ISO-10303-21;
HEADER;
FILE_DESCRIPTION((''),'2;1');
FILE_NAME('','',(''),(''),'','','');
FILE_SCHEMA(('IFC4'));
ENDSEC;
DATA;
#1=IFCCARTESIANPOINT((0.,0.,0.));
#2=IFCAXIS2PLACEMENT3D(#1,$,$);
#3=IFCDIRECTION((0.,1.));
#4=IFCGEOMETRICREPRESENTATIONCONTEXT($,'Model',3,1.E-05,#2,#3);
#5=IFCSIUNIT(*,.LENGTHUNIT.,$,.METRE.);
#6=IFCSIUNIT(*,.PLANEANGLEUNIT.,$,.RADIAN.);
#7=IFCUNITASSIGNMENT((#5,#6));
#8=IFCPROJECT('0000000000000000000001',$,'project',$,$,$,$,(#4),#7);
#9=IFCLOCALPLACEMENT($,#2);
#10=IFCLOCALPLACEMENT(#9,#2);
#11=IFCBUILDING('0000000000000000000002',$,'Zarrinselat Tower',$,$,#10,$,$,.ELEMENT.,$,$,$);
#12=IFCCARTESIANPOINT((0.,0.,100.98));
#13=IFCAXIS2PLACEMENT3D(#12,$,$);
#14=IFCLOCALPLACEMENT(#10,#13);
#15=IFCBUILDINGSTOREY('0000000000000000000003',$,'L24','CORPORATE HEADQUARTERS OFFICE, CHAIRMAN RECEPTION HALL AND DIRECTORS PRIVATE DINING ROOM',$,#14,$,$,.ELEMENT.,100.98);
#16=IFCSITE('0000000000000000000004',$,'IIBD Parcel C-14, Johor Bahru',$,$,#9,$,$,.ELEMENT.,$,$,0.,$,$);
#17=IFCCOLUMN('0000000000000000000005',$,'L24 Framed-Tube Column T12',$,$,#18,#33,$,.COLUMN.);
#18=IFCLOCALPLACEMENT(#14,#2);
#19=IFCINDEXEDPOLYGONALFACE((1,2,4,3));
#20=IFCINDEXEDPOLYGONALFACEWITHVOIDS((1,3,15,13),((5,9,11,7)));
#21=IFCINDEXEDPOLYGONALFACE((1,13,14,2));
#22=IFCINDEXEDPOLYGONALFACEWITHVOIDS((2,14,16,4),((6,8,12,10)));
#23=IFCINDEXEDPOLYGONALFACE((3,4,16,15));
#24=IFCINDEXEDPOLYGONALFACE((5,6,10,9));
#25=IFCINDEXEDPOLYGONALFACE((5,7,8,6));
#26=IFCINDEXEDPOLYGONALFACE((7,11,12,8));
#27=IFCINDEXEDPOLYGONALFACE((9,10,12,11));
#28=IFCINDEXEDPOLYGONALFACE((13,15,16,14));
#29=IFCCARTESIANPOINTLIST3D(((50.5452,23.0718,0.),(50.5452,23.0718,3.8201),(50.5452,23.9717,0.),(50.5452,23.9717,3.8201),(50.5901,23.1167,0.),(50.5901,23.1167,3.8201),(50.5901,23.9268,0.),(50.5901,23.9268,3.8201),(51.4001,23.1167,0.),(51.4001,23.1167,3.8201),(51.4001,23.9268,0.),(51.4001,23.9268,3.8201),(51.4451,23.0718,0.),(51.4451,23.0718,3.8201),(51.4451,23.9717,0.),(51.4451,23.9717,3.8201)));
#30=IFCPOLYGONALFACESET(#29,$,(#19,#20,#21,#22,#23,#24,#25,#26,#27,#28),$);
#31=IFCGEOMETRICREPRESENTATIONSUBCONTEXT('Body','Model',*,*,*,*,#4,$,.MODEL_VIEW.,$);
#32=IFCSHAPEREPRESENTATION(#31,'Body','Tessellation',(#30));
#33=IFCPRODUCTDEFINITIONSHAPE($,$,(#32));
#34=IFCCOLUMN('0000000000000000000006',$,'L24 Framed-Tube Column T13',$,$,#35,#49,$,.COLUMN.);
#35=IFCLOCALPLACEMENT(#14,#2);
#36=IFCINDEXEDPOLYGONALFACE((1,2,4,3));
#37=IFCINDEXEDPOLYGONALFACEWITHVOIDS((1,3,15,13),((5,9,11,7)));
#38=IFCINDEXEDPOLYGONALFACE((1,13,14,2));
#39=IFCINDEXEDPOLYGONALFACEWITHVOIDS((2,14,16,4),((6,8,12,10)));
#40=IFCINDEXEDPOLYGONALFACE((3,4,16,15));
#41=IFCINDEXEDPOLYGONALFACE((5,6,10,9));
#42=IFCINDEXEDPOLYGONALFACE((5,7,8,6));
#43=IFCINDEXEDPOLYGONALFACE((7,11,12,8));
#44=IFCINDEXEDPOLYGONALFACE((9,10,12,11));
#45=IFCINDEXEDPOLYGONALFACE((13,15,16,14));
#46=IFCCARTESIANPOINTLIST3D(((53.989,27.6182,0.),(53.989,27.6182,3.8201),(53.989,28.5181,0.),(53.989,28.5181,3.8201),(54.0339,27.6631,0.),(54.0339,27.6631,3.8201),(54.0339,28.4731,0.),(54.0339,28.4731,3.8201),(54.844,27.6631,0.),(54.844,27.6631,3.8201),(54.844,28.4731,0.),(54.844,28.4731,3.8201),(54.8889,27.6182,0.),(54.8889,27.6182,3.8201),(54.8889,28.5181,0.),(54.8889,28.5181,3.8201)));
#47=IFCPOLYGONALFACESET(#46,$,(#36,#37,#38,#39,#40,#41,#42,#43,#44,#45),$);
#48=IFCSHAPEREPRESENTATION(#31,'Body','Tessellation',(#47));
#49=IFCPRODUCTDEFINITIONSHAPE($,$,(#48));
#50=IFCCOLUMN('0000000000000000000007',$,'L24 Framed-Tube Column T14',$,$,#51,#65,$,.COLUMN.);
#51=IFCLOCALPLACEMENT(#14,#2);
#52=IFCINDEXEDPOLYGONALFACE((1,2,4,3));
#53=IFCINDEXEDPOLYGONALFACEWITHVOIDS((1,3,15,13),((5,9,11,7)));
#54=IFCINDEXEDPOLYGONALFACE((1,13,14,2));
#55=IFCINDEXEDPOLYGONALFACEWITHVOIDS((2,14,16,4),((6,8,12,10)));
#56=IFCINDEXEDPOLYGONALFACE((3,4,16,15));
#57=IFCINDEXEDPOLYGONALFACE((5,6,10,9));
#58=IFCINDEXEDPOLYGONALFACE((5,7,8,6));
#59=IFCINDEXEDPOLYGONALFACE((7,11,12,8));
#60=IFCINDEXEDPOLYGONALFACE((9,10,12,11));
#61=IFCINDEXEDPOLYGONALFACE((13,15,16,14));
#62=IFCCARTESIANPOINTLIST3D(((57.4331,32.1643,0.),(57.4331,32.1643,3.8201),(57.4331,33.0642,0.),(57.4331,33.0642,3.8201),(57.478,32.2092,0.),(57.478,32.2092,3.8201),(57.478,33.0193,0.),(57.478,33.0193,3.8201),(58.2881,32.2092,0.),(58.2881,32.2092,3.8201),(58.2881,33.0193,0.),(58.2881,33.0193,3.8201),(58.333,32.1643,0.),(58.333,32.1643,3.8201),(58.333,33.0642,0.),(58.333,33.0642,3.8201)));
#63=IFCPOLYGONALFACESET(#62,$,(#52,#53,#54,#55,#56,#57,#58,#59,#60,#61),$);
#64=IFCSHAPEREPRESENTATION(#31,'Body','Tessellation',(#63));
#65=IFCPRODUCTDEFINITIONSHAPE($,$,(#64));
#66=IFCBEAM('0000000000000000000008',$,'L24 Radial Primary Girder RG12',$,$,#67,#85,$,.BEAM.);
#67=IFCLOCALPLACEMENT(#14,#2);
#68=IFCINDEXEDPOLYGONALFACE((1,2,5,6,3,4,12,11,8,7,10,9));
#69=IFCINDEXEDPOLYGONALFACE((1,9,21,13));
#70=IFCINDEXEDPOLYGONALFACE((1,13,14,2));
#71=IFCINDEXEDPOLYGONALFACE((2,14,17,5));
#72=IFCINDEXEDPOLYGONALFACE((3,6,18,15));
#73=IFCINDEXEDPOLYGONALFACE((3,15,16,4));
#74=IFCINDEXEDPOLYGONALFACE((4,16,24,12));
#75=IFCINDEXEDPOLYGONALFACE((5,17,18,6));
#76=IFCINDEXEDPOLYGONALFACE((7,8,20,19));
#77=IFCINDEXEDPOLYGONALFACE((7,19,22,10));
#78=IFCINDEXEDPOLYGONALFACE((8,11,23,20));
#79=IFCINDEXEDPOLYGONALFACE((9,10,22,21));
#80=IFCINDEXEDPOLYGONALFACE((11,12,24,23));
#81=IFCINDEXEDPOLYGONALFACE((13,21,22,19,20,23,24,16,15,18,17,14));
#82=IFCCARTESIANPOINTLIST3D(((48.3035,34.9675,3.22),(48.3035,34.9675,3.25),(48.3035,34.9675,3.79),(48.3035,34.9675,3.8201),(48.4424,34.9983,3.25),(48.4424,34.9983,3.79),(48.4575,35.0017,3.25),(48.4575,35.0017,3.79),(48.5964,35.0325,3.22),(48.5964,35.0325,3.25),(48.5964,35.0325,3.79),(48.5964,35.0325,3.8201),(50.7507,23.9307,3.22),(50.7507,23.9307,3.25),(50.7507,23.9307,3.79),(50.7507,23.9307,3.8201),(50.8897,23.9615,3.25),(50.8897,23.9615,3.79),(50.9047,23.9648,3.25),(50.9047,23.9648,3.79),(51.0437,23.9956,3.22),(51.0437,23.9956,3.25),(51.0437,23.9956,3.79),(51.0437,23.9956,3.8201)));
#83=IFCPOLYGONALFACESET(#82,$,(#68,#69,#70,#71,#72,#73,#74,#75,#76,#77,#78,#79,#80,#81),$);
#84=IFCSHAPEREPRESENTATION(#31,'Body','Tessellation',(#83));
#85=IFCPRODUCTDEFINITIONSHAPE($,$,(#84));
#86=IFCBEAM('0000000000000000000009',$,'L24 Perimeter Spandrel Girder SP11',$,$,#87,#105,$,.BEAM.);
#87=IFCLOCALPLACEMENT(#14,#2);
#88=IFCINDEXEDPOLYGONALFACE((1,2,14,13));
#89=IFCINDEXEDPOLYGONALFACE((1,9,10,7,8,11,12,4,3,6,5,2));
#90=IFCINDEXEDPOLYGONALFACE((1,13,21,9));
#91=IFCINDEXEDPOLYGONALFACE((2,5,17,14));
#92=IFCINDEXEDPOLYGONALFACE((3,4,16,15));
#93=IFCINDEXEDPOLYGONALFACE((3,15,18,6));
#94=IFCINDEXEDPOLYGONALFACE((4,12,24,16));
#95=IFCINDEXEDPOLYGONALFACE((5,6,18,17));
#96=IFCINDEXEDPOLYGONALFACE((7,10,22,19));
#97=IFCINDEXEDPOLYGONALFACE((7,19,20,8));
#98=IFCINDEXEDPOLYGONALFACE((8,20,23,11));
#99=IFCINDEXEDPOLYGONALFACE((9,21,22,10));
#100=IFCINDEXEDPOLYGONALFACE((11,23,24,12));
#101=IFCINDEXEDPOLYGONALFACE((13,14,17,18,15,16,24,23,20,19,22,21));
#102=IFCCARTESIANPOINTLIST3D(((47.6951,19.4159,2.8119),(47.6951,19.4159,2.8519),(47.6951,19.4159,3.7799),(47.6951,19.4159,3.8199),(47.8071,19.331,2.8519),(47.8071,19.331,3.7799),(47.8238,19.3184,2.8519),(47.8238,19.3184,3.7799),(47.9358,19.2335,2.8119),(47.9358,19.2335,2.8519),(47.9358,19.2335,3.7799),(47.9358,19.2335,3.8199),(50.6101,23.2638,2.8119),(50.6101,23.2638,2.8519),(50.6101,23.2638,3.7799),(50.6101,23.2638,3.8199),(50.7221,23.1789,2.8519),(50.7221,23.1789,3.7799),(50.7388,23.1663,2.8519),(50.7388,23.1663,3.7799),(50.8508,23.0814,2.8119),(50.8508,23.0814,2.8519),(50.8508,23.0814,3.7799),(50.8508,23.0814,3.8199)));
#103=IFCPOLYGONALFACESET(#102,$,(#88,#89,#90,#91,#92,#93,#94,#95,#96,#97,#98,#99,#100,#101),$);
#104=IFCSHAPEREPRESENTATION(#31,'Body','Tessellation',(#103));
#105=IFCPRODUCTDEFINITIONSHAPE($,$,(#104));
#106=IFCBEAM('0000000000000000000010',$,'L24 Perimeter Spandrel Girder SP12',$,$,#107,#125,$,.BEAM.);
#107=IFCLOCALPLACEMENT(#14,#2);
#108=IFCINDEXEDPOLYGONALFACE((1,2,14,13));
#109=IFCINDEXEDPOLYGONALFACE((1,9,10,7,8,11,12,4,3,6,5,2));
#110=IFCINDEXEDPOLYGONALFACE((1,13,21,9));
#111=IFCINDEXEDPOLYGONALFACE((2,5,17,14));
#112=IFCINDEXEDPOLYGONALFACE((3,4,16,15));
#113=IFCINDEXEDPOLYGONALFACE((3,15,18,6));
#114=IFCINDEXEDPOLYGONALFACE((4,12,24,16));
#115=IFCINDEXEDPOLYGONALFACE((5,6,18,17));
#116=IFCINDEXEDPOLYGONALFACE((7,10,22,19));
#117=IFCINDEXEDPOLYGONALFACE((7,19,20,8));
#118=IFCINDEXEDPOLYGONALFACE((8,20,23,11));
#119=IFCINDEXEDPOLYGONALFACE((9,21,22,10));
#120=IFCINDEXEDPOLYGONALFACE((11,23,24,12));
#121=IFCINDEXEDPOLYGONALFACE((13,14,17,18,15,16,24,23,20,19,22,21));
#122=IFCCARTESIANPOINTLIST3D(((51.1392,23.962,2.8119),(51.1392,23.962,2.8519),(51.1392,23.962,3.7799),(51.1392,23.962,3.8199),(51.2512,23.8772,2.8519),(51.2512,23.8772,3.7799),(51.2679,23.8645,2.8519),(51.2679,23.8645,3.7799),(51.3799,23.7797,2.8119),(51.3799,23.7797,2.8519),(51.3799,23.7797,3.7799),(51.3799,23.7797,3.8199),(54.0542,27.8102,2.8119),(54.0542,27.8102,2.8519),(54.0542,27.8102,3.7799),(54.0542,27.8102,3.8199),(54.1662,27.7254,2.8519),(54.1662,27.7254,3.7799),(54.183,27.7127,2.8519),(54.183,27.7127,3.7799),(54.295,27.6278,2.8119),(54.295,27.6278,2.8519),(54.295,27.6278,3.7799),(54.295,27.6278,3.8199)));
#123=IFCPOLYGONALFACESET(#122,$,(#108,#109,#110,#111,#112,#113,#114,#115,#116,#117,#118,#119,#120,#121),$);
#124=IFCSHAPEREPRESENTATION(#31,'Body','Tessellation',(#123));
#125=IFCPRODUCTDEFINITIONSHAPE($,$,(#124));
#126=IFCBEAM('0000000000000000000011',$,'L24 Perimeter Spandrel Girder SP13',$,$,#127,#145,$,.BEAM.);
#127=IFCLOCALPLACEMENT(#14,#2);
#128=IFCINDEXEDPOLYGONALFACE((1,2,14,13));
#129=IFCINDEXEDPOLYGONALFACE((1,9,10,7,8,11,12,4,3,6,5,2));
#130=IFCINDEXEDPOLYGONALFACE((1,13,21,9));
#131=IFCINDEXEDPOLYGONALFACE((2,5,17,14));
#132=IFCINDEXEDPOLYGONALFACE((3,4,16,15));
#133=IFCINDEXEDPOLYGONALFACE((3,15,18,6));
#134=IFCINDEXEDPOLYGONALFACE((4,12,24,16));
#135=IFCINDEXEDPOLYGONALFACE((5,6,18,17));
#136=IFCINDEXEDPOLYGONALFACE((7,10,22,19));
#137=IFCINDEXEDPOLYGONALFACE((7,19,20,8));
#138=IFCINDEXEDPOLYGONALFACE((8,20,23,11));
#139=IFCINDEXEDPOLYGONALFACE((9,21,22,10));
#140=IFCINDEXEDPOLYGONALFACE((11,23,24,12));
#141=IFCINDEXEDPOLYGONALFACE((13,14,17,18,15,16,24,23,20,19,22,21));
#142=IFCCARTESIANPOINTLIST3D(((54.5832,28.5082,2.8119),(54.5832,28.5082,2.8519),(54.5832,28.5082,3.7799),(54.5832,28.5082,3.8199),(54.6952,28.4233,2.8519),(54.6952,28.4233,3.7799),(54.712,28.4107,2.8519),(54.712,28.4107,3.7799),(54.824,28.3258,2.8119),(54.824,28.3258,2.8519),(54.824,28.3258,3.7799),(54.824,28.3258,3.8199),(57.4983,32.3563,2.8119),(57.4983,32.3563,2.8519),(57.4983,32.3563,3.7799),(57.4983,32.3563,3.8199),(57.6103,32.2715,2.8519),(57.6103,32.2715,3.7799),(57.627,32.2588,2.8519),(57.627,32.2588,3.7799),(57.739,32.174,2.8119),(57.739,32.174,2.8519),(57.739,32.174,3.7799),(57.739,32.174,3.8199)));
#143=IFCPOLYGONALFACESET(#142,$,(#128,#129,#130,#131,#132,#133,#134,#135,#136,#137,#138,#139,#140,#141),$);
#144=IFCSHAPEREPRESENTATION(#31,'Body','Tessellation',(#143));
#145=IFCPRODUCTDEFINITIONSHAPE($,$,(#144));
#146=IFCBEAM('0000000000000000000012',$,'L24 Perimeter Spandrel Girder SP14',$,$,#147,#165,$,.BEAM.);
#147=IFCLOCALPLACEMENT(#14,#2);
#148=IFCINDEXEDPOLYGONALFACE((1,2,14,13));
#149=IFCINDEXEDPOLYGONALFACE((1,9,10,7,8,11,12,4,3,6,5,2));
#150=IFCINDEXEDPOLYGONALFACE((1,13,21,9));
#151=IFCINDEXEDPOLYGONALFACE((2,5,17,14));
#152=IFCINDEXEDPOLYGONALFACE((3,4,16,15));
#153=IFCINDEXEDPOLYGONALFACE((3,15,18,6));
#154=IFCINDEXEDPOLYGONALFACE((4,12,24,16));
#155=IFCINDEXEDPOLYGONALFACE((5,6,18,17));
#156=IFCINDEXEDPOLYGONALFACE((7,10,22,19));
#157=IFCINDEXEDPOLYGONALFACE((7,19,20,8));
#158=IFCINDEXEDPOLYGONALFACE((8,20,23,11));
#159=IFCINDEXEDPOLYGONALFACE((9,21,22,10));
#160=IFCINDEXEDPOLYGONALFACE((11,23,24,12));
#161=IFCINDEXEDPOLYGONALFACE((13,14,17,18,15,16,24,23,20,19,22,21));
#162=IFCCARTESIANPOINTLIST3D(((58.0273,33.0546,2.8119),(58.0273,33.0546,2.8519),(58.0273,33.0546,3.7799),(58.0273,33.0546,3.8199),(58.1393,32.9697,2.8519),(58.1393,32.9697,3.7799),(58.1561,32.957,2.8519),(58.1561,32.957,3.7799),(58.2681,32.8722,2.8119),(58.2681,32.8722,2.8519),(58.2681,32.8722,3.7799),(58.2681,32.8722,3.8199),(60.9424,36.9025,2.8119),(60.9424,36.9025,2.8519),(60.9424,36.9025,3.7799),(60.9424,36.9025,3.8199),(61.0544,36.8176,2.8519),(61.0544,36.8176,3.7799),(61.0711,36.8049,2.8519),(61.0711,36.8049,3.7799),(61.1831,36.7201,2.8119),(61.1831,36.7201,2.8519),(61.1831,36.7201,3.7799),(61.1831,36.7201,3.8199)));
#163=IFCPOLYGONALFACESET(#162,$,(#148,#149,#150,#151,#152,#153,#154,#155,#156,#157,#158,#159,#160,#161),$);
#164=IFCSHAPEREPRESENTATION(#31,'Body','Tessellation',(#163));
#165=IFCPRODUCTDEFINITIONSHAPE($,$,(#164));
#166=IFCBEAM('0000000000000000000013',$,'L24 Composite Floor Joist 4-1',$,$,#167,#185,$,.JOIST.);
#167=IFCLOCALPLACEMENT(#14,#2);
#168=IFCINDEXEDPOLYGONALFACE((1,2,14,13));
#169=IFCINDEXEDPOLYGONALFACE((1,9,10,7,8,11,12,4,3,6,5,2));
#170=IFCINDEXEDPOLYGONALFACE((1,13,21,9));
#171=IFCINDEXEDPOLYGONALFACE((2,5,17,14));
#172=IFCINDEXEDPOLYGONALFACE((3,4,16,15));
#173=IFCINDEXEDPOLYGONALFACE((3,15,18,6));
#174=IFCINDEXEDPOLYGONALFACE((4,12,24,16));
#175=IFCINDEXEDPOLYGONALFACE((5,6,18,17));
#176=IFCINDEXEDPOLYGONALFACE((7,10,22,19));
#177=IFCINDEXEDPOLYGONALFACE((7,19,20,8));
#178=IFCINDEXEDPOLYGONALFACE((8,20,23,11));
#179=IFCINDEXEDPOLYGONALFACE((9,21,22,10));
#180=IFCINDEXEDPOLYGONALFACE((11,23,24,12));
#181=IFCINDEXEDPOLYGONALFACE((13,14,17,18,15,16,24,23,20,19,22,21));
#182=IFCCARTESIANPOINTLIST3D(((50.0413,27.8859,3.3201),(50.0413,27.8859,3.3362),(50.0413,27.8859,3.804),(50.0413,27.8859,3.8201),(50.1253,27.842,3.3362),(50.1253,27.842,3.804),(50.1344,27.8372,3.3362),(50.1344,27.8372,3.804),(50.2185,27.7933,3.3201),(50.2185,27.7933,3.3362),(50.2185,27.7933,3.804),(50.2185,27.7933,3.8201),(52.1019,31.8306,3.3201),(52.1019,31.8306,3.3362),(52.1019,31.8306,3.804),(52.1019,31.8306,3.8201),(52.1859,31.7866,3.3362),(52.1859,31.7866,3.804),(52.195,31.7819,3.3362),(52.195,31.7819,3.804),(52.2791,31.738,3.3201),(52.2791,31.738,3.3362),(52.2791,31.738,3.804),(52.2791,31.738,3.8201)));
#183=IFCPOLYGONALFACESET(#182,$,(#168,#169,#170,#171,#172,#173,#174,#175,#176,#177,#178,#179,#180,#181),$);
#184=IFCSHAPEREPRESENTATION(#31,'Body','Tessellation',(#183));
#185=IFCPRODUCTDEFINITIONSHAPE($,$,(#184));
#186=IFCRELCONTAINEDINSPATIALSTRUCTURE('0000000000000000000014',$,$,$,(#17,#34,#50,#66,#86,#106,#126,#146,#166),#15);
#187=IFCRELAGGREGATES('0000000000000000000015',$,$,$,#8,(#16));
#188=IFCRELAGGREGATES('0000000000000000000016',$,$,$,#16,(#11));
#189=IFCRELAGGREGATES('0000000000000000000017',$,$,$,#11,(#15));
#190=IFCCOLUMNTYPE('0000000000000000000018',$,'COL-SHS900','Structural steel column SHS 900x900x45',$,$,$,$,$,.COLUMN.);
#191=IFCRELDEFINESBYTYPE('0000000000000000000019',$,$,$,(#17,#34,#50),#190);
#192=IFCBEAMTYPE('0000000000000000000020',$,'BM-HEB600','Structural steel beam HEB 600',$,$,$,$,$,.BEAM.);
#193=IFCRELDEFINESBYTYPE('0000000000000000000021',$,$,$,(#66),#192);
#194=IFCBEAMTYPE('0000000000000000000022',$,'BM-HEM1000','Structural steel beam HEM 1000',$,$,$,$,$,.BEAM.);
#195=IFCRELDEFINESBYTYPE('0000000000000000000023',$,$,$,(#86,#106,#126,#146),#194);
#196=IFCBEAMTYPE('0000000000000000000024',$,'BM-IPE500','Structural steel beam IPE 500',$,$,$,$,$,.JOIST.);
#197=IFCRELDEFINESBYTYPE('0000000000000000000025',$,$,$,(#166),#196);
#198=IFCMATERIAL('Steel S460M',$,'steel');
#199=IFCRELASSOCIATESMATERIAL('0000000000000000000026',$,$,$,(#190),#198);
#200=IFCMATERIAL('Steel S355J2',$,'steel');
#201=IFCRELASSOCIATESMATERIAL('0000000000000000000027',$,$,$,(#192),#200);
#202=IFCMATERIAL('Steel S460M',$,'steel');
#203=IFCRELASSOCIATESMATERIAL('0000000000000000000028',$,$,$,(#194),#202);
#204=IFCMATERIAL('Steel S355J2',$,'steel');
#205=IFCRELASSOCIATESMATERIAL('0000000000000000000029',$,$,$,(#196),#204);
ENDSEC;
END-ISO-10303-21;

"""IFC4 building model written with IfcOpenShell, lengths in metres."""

from ifc_helpers import new_model, si_unit, direction, frame, origin, origin_2d, place, context, subcontext, project, spatial, hollow_rectangle, i_section, extrude, material, material_profile, profile_set, type_object, element, save


model = new_model("IFC4")

# Units and contexts
model_context = context("Model", 3, precision=1e-05, world=origin(), true_north=direction((0.0, 1.0)))
body_context = subcontext(model_context, "Body", "Model", "MODEL_VIEW")
ifc_project = project(units=[si_unit("LENGTHUNIT", "METRE"), si_unit("PLANEANGLEUNIT", "RADIAN")], contexts=[model_context])

# Site, building, storey
site_placement = place(None, origin())
site = spatial("IfcSite", under=ifc_project, at=site_placement, Name="IIBD Parcel C-14, Johor Bahru", CompositionType="ELEMENT", RefElevation=0.0)
building_placement = place(site_placement, origin())
building = spatial("IfcBuilding", under=site, at=building_placement, Name="Zarrinselat Tower", CompositionType="ELEMENT")
storey_placement = place(building_placement, frame((0.0, 0.0, 100.98)))
storey = spatial("IfcBuildingStorey", under=building, at=storey_placement, Name="L24", Description="CORPORATE HEADQUARTERS OFFICE, CHAIRMAN RECEPTION HALL AND DIRECTORS PRIVATE DINING ROOM", CompositionType="ELEMENT", Elevation=100.98)

# Columns
ifc_material_1 = material(Name="Steel S460M", Category="steel")
ifc_material_profile_1 = material_profile(ifc_material_1, hollow_rectangle(XDim=0.8999, YDim=0.8999, WallThickness=0.0449, at=origin_2d()), Name="SHS 900x900x45")
ifc_profile_set_1 = profile_set([ifc_material_profile_1], Name="Steel S460M")
column_type = type_object("IfcColumnType", Name="COL-SHS900", Description="Structural steel column SHS 900x900x45", PredefinedType="COLUMN", material=ifc_profile_set_1)
for number, where, z_axis, x_axis, name in (
    (1, (50.9951, 23.5217, 0.0), (0.0, 0.0, 1.0), (1.0, 0.0, 0.0), "L24 Framed-Tube Column T12"),
    (2, (54.439, 28.0681, 0.0), (0.0, 0.0, 1.0), (1.0, 0.0, 0.0), "L24 Framed-Tube Column T13"),
    (3, (57.8831, 32.6143, 0.0), (0.0, 0.0, 1.0), (1.0, 0.0, 0.0), "L24 Framed-Tube Column T14"),
):
    element("IfcColumn", number, at=place(storey_placement, frame(where, z_axis=z_axis, x_axis=x_axis)), inside=storey, type_object=column_type, Name=name, PredefinedType="COLUMN", context=body_context, shape_type="SweptSolid", body=[
        extrude(hollow_rectangle(XDim=0.8999, YDim=0.8999, WallThickness=0.0449, at=origin_2d()), origin(), (0.0, 0.0, 1.0), 3.8201),
    ])

# Beams
ifc_material_2 = material(Name="Steel S355J2", Category="steel")
ifc_material_profile_2 = material_profile(ifc_material_2, i_section(OverallWidth=0.3, OverallDepth=0.6001, WebThickness=0.0154, FlangeThickness=0.03, at=origin_2d()), Name="HEB 600")
ifc_profile_set_2 = profile_set([ifc_material_profile_2], Name="Steel S355J2")
beam_type_1 = type_object("IfcBeamType", Name="BM-HEB600", Description="Structural steel beam HEB 600", PredefinedType="BEAM", material=ifc_profile_set_2)
beam_1_placement = place(storey_placement, frame((48.45, 35.0, 3.52), z_axis=(0.216478, -0.976288, 0.0), x_axis=(0.976288, 0.216478, 0.0)))
element("IfcBeam", 4, at=beam_1_placement, inside=storey, type_object=beam_type_1, Name="L24 Radial Primary Girder RG12", PredefinedType="BEAM", context=body_context, shape_type="SweptSolid", body=[
    extrude(i_section(OverallWidth=0.3, OverallDepth=0.6001, WebThickness=0.0154, FlangeThickness=0.03, at=origin_2d()), origin(), (0.0, 0.0, 1.0), 11.3049),
])
ifc_material_3 = material(Name="Steel S460M", Category="steel")
ifc_material_profile_3 = material_profile(ifc_material_3, i_section(OverallWidth=0.302, OverallDepth=1.0081, WebThickness=0.021, FlangeThickness=0.04, at=origin_2d()), Name="HEM 1000")
ifc_profile_set_3 = profile_set([ifc_material_profile_3], Name="Steel S460M")
beam_type_2 = type_object("IfcBeamType", Name="BM-HEM1000", Description="Structural steel beam HEM 1000", PredefinedType="BEAM", material=ifc_profile_set_3)
beam_2_placement = place(storey_placement, frame((47.8154, 19.3247, 3.3159), z_axis=(0.603853, 0.797096, 0.0), x_axis=(-0.797096, 0.603853, 0.0)))
element("IfcBeam", 5, at=beam_2_placement, inside=storey, type_object=beam_type_2, Name="L24 Perimeter Spandrel Girder SP11", PredefinedType="BEAM", context=body_context, shape_type="SweptSolid", body=[
    extrude(i_section(OverallWidth=0.302, OverallDepth=1.0081, WebThickness=0.021, FlangeThickness=0.04, at=origin_2d()), origin(), (0.0, 0.0, 1.0), 4.8274),
])
for number, where, z_axis, x_axis, name in (
    (6, (51.2595, 23.8708, 3.3159), (0.603828, 0.797114, 0.0), (-0.797114, 0.603828, 0.0), "L24 Perimeter Spandrel Girder SP12"),
    (7, (54.7036, 28.417, 3.3159), (0.603828, 0.797114, 0.0), (-0.797114, 0.603828, 0.0), "L24 Perimeter Spandrel Girder SP13"),
):
    element("IfcBeam", number, at=place(storey_placement, frame(where, z_axis=z_axis, x_axis=x_axis)), inside=storey, type_object=beam_type_2, Name=name, PredefinedType="BEAM", context=body_context, shape_type="SweptSolid", body=[
        extrude(i_section(OverallWidth=0.302, OverallDepth=1.0081, WebThickness=0.021, FlangeThickness=0.04, at=origin_2d()), origin(), (0.0, 0.0, 1.0), 4.8276),
    ])
beam_3_placement = place(storey_placement, frame((58.1477, 32.9634, 3.3159), z_axis=(0.603853, 0.797096, 0.0), x_axis=(-0.797096, 0.603853, 0.0)))
element("IfcBeam", 8, at=beam_3_placement, inside=storey, type_object=beam_type_2, Name="L24 Perimeter Spandrel Girder SP14", PredefinedType="BEAM", context=body_context, shape_type="SweptSolid", body=[
    extrude(i_section(OverallWidth=0.302, OverallDepth=1.0081, WebThickness=0.021, FlangeThickness=0.04, at=origin_2d()), origin(), (0.0, 0.0, 1.0), 4.8274),
])
ifc_material_4 = material(Name="Steel S355J2", Category="steel")
ifc_material_profile_4 = material_profile(ifc_material_4, i_section(OverallWidth=0.2, OverallDepth=0.5, WebThickness=0.0103, FlangeThickness=0.0161, at=origin_2d()), Name="IPE 500")
ifc_profile_set_4 = profile_set([ifc_material_profile_4], Name="Steel S355J2")
beam_type_3 = type_object("IfcBeamType", Name="BM-IPE500", Description="Structural steel beam IPE 500", PredefinedType="JOIST", material=ifc_profile_set_4)
beam_4_placement = place(storey_placement, frame((50.1299, 27.8396, 3.5701), z_axis=(0.463008, 0.886354, 0.0), x_axis=(-0.886354, 0.463008, 0.0)))
element("IfcBeam", 9, at=beam_4_placement, inside=storey, type_object=beam_type_3, Name="L24 Composite Floor Joist 4-1", PredefinedType="JOIST", context=body_context, shape_type="SweptSolid", body=[
    extrude(i_section(OverallWidth=0.2, OverallDepth=0.5, WebThickness=0.0103, FlangeThickness=0.0161, at=origin_2d()), origin(), (0.0, 0.0, 1.0), 4.4504),
])

save(model, "model.ifc")
